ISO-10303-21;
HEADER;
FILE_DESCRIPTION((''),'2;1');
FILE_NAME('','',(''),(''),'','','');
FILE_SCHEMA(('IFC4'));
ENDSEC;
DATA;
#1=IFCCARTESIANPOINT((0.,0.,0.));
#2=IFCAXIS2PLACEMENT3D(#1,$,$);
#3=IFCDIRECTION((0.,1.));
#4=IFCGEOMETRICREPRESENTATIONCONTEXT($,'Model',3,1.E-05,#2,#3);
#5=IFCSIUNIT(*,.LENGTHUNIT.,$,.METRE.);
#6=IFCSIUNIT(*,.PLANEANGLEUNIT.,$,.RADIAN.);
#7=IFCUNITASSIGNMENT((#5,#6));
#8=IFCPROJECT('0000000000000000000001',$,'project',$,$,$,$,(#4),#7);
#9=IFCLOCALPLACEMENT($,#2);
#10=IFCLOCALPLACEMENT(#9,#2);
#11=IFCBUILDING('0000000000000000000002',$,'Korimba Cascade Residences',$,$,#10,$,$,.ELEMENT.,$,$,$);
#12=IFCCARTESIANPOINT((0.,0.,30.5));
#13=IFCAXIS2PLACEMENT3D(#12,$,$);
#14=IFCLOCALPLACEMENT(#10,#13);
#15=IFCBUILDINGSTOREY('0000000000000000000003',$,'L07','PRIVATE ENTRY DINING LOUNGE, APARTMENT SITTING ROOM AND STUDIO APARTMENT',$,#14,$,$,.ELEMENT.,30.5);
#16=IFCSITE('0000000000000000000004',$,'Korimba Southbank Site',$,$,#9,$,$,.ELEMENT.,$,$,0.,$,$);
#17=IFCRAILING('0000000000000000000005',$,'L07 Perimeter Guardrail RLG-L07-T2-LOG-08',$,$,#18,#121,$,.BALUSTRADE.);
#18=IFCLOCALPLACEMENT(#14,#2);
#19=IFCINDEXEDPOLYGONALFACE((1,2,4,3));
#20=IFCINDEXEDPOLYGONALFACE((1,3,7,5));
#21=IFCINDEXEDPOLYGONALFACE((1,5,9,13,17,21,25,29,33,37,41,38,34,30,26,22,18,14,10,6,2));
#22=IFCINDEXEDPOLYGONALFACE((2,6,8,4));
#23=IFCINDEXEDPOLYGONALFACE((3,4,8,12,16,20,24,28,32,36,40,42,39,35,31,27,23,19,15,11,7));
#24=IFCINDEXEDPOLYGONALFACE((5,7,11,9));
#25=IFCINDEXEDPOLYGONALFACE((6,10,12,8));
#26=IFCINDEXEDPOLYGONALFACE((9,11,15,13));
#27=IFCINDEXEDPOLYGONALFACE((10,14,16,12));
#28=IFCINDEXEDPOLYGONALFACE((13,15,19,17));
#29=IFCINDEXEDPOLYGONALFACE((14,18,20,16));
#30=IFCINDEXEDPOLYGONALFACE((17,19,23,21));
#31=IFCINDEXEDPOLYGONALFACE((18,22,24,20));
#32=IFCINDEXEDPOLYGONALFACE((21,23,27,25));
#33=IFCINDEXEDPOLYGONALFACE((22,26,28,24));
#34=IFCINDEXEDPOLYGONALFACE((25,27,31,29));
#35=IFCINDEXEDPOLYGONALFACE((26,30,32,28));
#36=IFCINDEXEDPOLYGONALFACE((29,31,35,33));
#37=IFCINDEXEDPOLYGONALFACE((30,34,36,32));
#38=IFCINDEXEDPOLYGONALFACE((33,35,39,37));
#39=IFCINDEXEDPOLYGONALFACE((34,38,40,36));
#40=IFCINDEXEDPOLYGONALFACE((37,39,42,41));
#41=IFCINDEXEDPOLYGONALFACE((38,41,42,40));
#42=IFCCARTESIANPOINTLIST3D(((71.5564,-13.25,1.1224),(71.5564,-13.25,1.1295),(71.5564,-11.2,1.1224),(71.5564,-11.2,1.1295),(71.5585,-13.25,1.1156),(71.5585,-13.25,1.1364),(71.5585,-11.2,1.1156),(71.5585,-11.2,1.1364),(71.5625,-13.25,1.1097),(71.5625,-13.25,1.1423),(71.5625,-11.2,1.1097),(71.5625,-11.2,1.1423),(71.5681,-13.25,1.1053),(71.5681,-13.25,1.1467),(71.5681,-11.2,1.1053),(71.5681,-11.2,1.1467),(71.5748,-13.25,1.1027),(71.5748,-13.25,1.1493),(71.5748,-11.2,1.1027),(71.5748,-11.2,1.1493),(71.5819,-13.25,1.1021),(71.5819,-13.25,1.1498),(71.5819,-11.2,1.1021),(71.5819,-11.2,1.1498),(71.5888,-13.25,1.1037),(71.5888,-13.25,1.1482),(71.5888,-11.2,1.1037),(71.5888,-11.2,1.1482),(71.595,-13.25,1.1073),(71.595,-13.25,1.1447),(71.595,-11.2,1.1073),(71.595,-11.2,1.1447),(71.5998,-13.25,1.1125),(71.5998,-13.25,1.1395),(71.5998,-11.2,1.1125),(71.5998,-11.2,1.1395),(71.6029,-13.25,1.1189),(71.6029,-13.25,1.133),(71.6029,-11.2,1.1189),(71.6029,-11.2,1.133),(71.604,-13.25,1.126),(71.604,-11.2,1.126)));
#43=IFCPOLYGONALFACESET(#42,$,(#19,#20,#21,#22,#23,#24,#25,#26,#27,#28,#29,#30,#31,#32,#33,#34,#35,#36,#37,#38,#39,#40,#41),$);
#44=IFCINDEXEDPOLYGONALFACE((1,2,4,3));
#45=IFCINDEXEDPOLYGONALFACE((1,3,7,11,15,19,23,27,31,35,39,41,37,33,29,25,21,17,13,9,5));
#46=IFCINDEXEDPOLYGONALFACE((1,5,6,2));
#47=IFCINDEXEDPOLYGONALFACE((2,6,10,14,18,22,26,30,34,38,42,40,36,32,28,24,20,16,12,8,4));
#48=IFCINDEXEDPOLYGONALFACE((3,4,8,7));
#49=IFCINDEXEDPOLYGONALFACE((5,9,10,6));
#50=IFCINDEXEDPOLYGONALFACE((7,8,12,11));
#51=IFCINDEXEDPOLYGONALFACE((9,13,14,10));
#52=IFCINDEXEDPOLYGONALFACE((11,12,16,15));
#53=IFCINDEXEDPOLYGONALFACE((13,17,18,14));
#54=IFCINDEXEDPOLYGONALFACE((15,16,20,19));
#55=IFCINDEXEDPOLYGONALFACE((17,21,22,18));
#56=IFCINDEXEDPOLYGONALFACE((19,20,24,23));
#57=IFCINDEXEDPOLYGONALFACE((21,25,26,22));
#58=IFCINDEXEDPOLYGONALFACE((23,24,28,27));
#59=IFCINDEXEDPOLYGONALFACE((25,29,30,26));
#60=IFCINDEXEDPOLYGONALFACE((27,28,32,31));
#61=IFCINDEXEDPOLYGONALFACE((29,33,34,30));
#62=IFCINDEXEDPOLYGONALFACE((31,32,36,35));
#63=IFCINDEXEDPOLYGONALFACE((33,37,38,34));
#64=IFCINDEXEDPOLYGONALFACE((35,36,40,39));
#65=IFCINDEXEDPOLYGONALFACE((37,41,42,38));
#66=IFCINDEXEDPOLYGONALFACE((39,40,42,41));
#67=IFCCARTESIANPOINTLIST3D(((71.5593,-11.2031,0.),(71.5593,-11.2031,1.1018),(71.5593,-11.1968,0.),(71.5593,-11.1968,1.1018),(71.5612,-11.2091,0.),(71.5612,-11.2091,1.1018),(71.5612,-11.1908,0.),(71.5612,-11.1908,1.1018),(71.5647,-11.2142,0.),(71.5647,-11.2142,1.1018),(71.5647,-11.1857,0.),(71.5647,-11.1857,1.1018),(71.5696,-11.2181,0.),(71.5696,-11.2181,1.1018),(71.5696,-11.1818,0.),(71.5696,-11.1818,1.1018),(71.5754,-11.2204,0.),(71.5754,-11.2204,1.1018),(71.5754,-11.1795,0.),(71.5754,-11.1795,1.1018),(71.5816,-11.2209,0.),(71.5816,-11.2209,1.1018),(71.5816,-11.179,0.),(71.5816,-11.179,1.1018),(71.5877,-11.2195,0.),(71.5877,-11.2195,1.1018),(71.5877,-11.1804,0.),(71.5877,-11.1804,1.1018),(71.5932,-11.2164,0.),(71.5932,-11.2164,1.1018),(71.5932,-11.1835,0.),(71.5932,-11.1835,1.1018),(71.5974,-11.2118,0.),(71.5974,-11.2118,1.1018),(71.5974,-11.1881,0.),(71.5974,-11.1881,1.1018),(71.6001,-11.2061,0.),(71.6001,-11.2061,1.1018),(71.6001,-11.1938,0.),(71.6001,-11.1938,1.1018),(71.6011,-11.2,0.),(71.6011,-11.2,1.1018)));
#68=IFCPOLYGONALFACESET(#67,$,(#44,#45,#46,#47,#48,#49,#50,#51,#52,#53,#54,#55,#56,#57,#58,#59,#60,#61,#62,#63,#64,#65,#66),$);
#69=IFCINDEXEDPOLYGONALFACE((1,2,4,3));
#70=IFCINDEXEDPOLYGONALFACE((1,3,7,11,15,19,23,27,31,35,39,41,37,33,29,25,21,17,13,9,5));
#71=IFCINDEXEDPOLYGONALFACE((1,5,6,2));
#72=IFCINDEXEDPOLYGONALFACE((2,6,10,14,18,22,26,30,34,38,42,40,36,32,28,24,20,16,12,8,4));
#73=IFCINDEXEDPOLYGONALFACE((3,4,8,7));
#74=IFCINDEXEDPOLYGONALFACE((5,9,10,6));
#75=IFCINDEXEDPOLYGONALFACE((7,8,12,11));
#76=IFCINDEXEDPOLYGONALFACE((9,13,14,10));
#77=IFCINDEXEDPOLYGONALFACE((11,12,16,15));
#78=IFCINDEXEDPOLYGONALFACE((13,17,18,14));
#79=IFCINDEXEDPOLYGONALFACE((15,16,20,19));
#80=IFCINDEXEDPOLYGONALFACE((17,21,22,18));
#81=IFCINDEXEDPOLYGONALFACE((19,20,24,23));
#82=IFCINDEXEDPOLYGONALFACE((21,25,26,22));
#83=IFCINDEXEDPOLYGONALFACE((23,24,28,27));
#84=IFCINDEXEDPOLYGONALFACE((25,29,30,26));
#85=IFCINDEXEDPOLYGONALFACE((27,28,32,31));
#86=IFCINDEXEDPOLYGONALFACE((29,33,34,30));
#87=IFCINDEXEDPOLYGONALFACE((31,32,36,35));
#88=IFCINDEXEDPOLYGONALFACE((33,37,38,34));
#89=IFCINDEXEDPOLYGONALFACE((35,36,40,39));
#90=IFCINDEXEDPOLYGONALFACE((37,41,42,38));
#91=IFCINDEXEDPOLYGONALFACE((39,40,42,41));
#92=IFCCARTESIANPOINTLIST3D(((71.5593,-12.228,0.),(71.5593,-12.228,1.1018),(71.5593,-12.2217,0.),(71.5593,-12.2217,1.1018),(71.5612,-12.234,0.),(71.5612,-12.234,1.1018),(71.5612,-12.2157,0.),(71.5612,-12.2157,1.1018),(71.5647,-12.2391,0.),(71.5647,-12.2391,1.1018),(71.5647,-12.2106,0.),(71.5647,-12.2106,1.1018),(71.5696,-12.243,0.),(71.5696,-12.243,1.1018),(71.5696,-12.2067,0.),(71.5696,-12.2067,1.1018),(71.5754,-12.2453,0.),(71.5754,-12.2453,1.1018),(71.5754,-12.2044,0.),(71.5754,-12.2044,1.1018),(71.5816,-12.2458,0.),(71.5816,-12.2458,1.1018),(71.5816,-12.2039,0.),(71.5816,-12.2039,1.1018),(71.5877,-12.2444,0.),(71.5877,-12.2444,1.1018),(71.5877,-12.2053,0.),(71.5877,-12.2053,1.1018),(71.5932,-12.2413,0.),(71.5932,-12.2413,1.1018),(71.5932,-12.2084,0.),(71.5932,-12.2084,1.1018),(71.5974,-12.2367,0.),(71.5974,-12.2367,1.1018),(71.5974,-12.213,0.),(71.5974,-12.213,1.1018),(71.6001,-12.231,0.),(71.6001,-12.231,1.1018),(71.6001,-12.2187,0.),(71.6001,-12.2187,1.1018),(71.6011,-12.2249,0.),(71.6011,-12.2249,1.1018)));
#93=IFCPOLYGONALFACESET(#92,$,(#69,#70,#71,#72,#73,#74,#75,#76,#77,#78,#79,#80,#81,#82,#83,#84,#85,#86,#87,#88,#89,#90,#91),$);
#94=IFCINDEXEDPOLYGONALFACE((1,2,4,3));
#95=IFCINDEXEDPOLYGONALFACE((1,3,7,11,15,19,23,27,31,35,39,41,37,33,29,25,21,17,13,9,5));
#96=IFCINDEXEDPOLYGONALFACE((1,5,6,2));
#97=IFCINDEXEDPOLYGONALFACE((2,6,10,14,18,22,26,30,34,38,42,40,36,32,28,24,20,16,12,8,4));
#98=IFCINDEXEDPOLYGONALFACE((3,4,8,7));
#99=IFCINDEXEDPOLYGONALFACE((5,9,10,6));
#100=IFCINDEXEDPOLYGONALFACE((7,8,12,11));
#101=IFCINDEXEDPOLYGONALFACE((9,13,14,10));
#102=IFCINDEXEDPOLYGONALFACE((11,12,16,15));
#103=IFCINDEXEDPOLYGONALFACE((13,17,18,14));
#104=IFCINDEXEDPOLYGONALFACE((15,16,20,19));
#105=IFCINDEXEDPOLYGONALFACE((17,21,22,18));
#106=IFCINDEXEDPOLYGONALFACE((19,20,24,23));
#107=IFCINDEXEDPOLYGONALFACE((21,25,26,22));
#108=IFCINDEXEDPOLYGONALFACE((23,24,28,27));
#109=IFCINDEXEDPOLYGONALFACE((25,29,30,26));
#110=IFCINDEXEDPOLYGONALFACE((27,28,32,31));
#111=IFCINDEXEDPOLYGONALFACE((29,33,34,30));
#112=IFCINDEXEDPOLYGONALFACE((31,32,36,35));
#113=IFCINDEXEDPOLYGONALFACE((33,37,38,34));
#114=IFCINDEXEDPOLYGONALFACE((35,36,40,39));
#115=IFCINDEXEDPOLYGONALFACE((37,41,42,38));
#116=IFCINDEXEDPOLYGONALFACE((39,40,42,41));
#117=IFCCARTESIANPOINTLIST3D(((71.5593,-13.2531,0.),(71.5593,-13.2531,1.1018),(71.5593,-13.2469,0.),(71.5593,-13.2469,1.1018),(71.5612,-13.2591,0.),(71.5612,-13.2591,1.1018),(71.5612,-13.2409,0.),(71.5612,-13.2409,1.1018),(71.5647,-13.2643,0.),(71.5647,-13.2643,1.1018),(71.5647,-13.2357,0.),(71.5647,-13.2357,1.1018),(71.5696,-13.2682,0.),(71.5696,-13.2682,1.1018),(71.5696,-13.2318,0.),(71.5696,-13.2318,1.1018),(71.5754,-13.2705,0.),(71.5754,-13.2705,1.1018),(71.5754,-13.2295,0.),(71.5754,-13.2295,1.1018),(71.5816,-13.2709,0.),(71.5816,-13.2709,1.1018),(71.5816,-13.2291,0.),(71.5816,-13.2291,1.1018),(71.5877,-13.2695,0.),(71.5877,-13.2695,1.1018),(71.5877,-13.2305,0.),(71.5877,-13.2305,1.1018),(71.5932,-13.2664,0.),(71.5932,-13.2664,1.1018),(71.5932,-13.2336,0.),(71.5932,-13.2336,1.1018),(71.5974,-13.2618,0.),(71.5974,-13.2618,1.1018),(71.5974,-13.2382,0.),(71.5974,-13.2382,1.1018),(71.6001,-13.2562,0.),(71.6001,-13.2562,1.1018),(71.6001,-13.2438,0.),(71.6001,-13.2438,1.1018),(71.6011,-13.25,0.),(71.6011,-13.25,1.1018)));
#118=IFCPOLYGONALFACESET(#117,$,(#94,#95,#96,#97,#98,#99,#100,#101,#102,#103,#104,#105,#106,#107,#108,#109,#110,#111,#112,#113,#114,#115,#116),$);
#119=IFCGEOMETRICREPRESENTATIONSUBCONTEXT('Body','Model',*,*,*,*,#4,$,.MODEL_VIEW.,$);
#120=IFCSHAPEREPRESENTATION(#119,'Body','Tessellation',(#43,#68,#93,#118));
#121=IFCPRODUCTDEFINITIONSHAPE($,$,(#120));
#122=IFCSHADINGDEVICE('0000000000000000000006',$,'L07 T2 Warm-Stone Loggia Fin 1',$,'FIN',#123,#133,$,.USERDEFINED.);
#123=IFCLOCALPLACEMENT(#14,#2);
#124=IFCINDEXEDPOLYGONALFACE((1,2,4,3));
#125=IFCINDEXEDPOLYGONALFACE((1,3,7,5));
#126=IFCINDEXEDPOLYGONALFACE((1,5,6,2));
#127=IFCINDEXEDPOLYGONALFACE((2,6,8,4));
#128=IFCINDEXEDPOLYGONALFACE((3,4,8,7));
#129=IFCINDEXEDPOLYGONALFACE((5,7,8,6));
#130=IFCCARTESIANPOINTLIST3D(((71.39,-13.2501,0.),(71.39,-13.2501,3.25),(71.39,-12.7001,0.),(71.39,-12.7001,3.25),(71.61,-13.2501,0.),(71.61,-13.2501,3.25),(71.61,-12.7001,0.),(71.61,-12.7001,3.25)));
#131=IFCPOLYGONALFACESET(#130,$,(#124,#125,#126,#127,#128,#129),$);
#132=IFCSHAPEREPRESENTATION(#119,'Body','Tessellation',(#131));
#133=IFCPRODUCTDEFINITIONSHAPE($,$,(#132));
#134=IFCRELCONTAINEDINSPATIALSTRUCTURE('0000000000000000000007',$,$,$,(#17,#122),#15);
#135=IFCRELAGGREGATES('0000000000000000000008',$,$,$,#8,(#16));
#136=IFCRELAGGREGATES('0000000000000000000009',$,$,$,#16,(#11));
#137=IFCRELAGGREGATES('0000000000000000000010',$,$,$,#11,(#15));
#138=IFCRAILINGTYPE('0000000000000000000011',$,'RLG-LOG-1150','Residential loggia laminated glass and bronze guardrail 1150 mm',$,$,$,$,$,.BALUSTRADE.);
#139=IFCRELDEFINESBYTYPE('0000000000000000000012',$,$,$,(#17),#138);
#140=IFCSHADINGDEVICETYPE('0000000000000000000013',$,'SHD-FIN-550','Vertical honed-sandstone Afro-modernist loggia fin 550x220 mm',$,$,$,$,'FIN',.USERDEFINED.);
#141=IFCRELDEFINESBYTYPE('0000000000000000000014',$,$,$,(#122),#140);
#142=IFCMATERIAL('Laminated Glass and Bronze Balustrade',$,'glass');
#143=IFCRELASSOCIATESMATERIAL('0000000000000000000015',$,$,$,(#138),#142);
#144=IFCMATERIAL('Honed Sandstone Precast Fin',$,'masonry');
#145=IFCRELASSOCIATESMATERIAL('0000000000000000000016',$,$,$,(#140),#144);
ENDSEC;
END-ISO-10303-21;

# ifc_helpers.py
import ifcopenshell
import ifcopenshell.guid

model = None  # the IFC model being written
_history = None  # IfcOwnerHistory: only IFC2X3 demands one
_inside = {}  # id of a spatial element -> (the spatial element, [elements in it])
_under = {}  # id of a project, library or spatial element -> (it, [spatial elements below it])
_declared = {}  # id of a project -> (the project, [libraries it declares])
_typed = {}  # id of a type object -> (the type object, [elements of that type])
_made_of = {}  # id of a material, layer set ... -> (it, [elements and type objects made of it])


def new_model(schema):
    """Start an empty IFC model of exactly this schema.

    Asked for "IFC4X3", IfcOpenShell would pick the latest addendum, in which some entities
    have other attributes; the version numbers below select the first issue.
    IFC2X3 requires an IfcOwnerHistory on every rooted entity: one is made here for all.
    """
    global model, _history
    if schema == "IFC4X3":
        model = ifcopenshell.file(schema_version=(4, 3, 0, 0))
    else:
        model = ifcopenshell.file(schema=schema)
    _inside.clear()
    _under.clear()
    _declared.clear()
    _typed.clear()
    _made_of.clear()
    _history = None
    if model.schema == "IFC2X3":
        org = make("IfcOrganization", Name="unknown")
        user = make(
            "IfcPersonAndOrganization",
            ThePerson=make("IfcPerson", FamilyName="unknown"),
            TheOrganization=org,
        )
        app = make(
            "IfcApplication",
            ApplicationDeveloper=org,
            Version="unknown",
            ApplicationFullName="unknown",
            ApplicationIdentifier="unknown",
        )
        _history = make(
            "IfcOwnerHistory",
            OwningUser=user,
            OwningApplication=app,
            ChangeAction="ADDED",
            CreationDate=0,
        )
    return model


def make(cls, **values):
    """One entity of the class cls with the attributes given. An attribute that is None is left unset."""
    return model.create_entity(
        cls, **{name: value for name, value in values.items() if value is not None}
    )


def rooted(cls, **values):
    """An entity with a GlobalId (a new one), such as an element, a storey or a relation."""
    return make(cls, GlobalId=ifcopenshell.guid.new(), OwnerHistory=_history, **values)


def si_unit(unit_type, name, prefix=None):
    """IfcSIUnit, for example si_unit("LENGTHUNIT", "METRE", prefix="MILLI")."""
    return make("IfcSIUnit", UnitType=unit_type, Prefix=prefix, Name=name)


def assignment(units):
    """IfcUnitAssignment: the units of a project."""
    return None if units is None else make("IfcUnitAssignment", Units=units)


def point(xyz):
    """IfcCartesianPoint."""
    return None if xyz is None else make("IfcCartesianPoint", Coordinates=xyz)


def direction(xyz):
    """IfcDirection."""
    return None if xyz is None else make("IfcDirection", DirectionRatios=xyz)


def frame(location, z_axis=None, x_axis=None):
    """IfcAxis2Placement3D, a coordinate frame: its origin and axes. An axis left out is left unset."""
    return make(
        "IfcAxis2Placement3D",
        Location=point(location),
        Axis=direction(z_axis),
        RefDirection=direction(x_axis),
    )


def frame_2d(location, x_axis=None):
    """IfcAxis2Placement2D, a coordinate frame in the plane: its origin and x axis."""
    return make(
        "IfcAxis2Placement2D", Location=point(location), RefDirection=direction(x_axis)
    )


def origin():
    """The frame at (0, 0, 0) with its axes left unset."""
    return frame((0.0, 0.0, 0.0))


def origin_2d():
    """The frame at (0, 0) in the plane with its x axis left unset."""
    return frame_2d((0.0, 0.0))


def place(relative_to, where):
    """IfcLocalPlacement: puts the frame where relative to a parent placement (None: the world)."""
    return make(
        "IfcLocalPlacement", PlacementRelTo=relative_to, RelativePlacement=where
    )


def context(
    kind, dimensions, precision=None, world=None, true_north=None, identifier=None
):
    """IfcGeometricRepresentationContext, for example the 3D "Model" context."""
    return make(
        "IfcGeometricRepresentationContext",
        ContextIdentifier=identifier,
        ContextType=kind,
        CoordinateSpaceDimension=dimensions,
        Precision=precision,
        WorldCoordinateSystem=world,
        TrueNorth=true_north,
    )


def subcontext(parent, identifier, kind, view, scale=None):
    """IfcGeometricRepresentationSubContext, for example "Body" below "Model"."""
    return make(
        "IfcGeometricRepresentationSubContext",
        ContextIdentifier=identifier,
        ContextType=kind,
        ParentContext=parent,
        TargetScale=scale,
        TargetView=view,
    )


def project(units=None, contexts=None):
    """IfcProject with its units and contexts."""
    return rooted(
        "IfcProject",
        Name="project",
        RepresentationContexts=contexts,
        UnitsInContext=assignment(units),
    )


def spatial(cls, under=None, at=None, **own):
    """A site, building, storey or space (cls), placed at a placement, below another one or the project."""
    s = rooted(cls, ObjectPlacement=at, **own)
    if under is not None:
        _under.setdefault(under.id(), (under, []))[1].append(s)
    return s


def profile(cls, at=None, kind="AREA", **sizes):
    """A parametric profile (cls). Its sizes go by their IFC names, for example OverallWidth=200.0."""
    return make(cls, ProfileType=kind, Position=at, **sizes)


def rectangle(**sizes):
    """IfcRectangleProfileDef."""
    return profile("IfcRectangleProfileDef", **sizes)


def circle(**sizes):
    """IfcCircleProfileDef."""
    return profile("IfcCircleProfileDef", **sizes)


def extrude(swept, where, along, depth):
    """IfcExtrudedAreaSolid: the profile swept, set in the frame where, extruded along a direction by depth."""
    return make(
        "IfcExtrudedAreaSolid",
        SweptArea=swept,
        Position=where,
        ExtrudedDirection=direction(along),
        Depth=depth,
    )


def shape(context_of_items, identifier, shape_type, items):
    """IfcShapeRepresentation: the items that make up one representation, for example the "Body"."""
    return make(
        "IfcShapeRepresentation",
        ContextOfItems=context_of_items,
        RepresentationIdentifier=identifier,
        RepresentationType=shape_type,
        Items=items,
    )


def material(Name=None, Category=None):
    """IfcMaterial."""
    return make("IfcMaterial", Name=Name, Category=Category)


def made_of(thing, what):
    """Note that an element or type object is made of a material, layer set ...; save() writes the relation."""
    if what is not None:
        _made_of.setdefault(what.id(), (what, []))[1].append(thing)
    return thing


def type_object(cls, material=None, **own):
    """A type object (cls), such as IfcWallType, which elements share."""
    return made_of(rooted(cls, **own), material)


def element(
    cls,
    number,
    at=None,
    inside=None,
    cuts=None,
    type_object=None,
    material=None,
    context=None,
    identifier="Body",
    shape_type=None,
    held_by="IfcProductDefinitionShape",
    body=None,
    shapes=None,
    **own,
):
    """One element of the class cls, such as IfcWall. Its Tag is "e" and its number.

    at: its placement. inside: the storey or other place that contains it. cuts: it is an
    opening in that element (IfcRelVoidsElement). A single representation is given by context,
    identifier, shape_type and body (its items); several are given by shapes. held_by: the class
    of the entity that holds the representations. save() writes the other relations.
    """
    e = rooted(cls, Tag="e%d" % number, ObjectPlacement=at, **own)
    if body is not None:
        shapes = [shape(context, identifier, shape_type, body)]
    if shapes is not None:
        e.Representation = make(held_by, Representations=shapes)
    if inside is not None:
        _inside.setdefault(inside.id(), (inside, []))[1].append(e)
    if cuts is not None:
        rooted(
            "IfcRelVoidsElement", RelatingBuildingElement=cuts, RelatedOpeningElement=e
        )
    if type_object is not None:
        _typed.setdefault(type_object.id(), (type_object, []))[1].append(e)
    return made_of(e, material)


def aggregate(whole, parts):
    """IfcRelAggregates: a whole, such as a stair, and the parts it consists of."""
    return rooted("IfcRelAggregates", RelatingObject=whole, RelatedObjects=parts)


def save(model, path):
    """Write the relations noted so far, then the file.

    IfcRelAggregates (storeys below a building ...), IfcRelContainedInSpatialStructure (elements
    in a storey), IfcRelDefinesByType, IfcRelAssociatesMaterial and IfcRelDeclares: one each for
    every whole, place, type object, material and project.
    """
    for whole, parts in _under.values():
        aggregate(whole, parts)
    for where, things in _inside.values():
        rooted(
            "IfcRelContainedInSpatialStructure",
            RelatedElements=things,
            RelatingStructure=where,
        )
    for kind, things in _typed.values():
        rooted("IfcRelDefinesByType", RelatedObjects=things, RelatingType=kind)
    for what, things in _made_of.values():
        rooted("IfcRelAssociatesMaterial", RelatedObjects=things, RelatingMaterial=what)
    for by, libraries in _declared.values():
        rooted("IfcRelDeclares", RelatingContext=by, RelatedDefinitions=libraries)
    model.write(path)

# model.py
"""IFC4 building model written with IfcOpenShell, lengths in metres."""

from ifc_helpers import new_model, si_unit, direction, frame, origin, origin_2d, place, context, subcontext, project, spatial, rectangle, circle, extrude, material, type_object, element, save


model = new_model("IFC4")

# Units and contexts
model_context = context("Model", 3, precision=1e-05, world=origin(), true_north=direction((0.0, 1.0)))
body_context = subcontext(model_context, "Body", "Model", "MODEL_VIEW")
ifc_project = project(units=[si_unit("LENGTHUNIT", "METRE"), si_unit("PLANEANGLEUNIT", "RADIAN")], contexts=[model_context])

# Site, building, storey
site_placement = place(None, origin())
site = spatial("IfcSite", under=ifc_project, at=site_placement, Name="Korimba Southbank Site", CompositionType="ELEMENT", RefElevation=0.0)
building_placement = place(site_placement, origin())
building = spatial("IfcBuilding", under=site, at=building_placement, Name="Korimba Cascade Residences", CompositionType="ELEMENT")
storey_placement = place(building_placement, frame((0.0, 0.0, 30.5)))
storey = spatial("IfcBuildingStorey", under=building, at=storey_placement, Name="L07", Description="PRIVATE ENTRY DINING LOUNGE, APARTMENT SITTING ROOM AND STUDIO APARTMENT", CompositionType="ELEMENT", Elevation=30.5)

# Railing
ifc_material_1 = material(Name="Laminated Glass and Bronze Balustrade", Category="glass")
railing_type = type_object("IfcRailingType", Name="RLG-LOG-1150", Description="Residential loggia laminated glass and bronze guardrail 1150 mm", PredefinedType="BALUSTRADE", material=ifc_material_1)
railing_1_placement = place(storey_placement, frame((71.5801, -11.2, 0.0)))
element("IfcRailing", 1, at=railing_1_placement, inside=storey, type_object=railing_type, Name="L07 Perimeter Guardrail RLG-L07-T2-LOG-08", PredefinedType="BALUSTRADE", context=body_context, shape_type="SweptSolid", body=[
    extrude(circle(Radius=0.0239, at=origin_2d()), frame((0.0, 0.0, 1.126), z_axis=(0.0, -1.0, 0.0), x_axis=(1.0, 0.0, 0.0)), (0.0, 0.0, 1.0), 2.05),
    extrude(circle(Radius=0.021, at=origin_2d()), origin(), (0.0, 0.0, 1.0), 1.1018),
    extrude(circle(Radius=0.021, at=origin_2d()), frame((0.0, -1.0249, 0.0)), (0.0, 0.0, 1.0), 1.1018),
    extrude(circle(Radius=0.021, at=origin_2d()), frame((0.0, -2.05, 0.0)), (0.0, 0.0, 1.0), 1.1018),
])

# Shading device
ifc_material_2 = material(Name="Honed Sandstone Precast Fin", Category="masonry")
shading_device_type = type_object("IfcShadingDeviceType", Name="SHD-FIN-550", Description="Vertical honed-sandstone Afro-modernist loggia fin 550x220 mm", ElementType="FIN", PredefinedType="USERDEFINED", material=ifc_material_2)
shading_device_placement = place(storey_placement, frame((71.5, -12.9751, 0.0), z_axis=(0.0, 0.0, 1.0), x_axis=(1.0, 0.0, 0.0)))
element("IfcShadingDevice", 2, at=shading_device_placement, inside=storey, type_object=shading_device_type, Name="L07 T2 Warm-Stone Loggia Fin 1", ObjectType="FIN", PredefinedType="USERDEFINED", context=body_context, shape_type="SweptSolid", body=[
    extrude(rectangle(XDim=0.22, YDim=0.55, at=origin_2d()), origin(), (0.0, 0.0, 1.0), 3.25),
])

save(model, "model.ifc")
